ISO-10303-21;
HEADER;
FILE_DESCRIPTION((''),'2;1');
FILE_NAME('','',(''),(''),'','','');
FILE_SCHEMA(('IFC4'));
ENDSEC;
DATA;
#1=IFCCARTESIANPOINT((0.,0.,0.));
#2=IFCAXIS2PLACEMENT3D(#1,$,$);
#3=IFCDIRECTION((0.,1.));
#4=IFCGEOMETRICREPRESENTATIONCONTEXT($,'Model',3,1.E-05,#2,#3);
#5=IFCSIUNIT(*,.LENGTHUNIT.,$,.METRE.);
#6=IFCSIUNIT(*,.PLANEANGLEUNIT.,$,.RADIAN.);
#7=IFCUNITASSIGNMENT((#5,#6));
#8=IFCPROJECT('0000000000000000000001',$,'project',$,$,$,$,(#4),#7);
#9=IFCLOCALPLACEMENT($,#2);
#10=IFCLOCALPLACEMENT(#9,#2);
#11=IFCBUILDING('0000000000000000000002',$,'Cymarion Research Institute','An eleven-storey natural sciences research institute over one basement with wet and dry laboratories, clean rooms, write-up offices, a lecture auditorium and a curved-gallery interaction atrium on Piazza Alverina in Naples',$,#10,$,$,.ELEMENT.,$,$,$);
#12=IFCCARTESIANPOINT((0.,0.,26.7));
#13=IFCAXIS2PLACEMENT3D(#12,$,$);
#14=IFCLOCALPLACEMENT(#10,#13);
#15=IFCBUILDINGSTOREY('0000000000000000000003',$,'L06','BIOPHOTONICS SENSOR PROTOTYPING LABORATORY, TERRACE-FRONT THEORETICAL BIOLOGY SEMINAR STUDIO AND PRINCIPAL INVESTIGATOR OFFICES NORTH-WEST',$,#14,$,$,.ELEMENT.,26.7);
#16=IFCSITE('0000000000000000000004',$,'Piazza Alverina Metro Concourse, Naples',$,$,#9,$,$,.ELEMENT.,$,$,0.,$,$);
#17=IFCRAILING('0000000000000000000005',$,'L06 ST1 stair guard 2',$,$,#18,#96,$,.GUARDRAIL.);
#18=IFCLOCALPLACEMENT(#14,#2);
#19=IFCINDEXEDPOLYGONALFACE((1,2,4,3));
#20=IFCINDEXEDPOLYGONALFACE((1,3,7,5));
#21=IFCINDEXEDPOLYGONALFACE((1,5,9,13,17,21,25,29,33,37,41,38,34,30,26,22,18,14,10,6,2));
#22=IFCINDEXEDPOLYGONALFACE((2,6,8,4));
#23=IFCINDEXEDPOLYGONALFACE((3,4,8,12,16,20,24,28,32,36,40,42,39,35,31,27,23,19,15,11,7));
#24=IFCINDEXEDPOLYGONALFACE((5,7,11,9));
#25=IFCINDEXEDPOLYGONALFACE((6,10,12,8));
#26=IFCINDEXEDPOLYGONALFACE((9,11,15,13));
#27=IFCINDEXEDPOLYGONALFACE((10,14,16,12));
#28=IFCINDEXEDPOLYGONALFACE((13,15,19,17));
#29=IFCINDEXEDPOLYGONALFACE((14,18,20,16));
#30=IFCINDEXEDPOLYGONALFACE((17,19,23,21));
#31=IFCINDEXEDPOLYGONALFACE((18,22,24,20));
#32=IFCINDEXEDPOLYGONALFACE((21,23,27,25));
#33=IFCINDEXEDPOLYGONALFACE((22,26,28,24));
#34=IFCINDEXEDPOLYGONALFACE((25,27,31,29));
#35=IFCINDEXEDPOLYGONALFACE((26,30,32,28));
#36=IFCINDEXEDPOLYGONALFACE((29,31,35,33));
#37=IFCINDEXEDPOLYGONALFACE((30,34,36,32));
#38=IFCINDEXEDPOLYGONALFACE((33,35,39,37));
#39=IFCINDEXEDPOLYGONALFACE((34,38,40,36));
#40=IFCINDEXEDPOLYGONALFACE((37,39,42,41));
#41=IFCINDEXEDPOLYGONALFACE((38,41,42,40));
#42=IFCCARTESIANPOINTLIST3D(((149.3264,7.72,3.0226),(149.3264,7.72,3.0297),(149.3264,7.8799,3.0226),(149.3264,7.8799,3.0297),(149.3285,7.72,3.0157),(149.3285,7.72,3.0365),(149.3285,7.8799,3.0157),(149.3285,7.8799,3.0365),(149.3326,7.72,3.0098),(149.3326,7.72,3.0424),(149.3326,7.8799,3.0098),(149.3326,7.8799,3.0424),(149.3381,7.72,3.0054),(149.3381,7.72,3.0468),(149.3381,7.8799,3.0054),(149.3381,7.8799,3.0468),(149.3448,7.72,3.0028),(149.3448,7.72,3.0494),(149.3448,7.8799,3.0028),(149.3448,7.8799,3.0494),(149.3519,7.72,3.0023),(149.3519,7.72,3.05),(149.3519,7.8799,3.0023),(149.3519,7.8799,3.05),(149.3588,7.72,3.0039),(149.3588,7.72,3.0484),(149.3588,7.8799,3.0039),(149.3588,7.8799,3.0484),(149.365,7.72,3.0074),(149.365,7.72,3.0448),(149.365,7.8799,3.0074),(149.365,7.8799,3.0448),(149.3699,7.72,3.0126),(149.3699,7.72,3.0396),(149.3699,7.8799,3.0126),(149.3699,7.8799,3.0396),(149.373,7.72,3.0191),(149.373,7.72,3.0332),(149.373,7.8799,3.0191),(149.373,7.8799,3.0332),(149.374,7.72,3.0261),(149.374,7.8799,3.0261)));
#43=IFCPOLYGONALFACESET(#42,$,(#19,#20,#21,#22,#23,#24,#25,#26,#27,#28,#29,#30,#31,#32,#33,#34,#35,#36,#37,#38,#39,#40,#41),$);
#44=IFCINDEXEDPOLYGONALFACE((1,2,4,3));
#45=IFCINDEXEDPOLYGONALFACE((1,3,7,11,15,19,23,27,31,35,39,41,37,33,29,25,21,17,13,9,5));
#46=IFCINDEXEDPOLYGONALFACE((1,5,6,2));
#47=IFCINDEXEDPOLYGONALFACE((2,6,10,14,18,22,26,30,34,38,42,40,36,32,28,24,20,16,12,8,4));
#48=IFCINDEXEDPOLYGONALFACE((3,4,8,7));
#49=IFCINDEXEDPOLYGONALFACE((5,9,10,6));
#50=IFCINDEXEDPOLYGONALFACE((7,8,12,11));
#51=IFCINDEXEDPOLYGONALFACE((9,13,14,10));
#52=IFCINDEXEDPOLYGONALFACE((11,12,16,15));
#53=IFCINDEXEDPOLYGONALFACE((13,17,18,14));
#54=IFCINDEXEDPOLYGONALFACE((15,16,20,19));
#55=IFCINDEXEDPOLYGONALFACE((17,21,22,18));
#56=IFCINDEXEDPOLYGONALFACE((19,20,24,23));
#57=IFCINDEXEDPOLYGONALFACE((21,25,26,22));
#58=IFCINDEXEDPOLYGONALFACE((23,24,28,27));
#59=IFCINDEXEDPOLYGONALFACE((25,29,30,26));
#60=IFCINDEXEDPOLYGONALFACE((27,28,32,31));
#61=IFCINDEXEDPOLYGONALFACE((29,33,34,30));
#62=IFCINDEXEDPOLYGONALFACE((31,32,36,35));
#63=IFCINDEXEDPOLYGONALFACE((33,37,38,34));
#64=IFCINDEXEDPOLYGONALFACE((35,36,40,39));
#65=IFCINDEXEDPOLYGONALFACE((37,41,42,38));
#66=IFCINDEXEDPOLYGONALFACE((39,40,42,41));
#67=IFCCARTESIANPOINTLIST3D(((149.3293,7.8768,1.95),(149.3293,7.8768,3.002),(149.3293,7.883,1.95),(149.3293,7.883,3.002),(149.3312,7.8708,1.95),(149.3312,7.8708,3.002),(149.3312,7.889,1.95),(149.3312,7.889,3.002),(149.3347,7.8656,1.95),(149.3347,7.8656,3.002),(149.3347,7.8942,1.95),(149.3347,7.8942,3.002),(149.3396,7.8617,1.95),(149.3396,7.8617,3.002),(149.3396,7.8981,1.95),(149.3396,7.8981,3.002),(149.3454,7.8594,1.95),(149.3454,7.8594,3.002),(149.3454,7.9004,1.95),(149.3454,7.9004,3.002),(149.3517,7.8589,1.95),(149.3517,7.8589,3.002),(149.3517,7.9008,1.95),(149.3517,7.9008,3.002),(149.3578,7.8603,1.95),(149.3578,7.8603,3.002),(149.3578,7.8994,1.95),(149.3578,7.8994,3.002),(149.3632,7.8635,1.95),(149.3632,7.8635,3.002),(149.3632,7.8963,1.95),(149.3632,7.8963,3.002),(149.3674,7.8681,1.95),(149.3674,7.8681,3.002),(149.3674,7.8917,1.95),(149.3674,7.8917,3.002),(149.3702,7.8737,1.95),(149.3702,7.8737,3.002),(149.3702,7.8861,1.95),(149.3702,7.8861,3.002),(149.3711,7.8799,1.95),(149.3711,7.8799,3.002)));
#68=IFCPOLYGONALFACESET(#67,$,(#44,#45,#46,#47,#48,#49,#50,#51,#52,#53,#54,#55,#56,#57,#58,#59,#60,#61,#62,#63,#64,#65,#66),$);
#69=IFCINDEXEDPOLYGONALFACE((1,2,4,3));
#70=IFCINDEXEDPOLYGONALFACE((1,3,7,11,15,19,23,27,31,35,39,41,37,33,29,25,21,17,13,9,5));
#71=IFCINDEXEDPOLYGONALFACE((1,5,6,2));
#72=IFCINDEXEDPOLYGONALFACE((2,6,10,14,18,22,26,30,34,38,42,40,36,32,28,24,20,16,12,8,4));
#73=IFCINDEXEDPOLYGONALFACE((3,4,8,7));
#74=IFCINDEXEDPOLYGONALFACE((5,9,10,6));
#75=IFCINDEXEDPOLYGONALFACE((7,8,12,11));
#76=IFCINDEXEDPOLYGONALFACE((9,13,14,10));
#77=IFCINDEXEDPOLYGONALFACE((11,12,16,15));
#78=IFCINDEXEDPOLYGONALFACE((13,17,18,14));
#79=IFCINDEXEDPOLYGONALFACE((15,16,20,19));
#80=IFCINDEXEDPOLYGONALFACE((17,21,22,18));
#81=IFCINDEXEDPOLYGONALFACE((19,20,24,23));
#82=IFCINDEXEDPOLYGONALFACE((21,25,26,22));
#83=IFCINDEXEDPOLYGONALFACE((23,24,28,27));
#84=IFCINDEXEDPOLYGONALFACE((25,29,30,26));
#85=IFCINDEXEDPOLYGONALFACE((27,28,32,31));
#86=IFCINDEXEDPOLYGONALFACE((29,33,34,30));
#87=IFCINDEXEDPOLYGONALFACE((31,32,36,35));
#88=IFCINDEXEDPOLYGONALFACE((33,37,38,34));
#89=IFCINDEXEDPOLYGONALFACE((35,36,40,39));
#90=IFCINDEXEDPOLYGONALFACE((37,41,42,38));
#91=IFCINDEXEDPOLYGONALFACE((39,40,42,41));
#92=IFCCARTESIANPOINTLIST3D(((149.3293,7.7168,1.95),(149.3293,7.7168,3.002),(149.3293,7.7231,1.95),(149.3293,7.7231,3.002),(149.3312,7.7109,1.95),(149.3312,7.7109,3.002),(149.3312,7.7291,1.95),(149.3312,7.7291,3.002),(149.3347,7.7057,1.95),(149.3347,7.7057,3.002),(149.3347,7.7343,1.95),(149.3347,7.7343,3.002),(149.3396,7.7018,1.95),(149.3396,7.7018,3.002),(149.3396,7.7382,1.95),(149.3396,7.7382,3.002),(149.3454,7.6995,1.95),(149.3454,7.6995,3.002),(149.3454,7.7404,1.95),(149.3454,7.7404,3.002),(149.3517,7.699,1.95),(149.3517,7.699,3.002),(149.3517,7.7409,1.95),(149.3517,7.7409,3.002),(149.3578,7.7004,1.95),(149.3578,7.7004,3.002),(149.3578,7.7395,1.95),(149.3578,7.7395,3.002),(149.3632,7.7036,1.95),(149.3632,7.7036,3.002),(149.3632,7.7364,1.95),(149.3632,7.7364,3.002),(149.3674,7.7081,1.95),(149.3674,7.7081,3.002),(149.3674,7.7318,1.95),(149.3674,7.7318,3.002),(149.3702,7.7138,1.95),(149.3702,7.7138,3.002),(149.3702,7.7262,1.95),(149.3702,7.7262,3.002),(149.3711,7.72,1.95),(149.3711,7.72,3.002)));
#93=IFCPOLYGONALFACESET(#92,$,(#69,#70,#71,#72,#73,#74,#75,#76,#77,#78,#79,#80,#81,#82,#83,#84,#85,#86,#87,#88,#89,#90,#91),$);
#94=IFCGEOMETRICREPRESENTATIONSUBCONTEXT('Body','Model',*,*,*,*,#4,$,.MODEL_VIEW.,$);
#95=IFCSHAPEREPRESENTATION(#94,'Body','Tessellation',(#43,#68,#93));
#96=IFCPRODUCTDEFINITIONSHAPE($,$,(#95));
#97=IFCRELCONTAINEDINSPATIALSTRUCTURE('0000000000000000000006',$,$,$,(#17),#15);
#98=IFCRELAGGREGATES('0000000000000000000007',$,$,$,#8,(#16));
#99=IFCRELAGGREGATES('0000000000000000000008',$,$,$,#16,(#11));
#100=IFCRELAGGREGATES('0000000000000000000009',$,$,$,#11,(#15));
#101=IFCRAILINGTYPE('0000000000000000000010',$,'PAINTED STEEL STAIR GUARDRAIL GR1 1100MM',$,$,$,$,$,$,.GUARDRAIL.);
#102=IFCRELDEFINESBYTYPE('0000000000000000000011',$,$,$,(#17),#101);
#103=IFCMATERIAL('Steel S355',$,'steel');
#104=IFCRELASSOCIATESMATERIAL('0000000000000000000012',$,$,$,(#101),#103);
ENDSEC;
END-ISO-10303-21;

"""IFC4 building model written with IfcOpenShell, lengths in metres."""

from ifc_helpers import new_model, si_unit, direction, frame, origin, origin_2d, place, context, subcontext, project, spatial, circle, extrude, material, type_object, element, save


model = new_model("IFC4")

# Units and contexts
model_context = context("Model", 3, precision=1e-05, world=origin(), true_north=direction((0.0, 1.0)))
body_context = subcontext(model_context, "Body", "Model", "MODEL_VIEW")
ifc_project = project(units=[si_unit("LENGTHUNIT", "METRE"), si_unit("PLANEANGLEUNIT", "RADIAN")], contexts=[model_context])

# Site, building, storey
site_placement = place(None, origin())
site = spatial("IfcSite", under=ifc_project, at=site_placement, Name="Piazza Alverina Metro Concourse, Naples", CompositionType="ELEMENT", RefElevation=0.0)
building_placement = place(site_placement, origin())
building = spatial("IfcBuilding", under=site, at=building_placement, Name="Cymarion Research Institute", Description="An eleven-storey natural sciences research institute over one basement with wet and dry laboratories, clean rooms, write-up offices, a lecture auditorium and a curved-gallery interaction atrium on Piazza Alverina in Naples", CompositionType="ELEMENT")
storey_placement = place(building_placement, frame((0.0, 0.0, 26.7)))
storey = spatial("IfcBuildingStorey", under=building, at=storey_placement, Name="L06", Description="BIOPHOTONICS SENSOR PROTOTYPING LABORATORY, TERRACE-FRONT THEORETICAL BIOLOGY SEMINAR STUDIO AND PRINCIPAL INVESTIGATOR OFFICES NORTH-WEST", CompositionType="ELEMENT", Elevation=26.7)

# Shared definitions
ifc_material_1 = material(Name="Steel S355", Category="steel")

# Railing
railing_type_1 = type_object("IfcRailingType", Name="PAINTED STEEL STAIR GUARDRAIL GR1 1100MM", PredefinedType="GUARDRAIL", material=ifc_material_1)
railing_1_placement = place(storey_placement, frame((149.3501, 7.8799, 1.95)))
element("IfcRailing", 1, at=railing_1_placement, inside=storey, type_object=railing_type_1, Name="L06 ST1 stair guard 2", PredefinedType="GUARDRAIL", context=body_context, shape_type="SweptSolid", body=[
    extrude(circle(Radius=0.0239, at=origin_2d()), frame((0.0, 0.0, 1.0762), z_axis=(0.0, -1.0, 0.0), x_axis=(1.0, 0.0, 0.0)), (0.0, 0.0, 1.0), 0.1599),
    extrude(circle(Radius=0.021, at=origin_2d()), origin(), (0.0, 0.0, 1.0), 1.052),
    extrude(circle(Radius=0.021, at=origin_2d()), frame((0.0, -0.1599, 0.0)), (0.0, 0.0, 1.0), 1.052),
])

save(model, "model.ifc")
